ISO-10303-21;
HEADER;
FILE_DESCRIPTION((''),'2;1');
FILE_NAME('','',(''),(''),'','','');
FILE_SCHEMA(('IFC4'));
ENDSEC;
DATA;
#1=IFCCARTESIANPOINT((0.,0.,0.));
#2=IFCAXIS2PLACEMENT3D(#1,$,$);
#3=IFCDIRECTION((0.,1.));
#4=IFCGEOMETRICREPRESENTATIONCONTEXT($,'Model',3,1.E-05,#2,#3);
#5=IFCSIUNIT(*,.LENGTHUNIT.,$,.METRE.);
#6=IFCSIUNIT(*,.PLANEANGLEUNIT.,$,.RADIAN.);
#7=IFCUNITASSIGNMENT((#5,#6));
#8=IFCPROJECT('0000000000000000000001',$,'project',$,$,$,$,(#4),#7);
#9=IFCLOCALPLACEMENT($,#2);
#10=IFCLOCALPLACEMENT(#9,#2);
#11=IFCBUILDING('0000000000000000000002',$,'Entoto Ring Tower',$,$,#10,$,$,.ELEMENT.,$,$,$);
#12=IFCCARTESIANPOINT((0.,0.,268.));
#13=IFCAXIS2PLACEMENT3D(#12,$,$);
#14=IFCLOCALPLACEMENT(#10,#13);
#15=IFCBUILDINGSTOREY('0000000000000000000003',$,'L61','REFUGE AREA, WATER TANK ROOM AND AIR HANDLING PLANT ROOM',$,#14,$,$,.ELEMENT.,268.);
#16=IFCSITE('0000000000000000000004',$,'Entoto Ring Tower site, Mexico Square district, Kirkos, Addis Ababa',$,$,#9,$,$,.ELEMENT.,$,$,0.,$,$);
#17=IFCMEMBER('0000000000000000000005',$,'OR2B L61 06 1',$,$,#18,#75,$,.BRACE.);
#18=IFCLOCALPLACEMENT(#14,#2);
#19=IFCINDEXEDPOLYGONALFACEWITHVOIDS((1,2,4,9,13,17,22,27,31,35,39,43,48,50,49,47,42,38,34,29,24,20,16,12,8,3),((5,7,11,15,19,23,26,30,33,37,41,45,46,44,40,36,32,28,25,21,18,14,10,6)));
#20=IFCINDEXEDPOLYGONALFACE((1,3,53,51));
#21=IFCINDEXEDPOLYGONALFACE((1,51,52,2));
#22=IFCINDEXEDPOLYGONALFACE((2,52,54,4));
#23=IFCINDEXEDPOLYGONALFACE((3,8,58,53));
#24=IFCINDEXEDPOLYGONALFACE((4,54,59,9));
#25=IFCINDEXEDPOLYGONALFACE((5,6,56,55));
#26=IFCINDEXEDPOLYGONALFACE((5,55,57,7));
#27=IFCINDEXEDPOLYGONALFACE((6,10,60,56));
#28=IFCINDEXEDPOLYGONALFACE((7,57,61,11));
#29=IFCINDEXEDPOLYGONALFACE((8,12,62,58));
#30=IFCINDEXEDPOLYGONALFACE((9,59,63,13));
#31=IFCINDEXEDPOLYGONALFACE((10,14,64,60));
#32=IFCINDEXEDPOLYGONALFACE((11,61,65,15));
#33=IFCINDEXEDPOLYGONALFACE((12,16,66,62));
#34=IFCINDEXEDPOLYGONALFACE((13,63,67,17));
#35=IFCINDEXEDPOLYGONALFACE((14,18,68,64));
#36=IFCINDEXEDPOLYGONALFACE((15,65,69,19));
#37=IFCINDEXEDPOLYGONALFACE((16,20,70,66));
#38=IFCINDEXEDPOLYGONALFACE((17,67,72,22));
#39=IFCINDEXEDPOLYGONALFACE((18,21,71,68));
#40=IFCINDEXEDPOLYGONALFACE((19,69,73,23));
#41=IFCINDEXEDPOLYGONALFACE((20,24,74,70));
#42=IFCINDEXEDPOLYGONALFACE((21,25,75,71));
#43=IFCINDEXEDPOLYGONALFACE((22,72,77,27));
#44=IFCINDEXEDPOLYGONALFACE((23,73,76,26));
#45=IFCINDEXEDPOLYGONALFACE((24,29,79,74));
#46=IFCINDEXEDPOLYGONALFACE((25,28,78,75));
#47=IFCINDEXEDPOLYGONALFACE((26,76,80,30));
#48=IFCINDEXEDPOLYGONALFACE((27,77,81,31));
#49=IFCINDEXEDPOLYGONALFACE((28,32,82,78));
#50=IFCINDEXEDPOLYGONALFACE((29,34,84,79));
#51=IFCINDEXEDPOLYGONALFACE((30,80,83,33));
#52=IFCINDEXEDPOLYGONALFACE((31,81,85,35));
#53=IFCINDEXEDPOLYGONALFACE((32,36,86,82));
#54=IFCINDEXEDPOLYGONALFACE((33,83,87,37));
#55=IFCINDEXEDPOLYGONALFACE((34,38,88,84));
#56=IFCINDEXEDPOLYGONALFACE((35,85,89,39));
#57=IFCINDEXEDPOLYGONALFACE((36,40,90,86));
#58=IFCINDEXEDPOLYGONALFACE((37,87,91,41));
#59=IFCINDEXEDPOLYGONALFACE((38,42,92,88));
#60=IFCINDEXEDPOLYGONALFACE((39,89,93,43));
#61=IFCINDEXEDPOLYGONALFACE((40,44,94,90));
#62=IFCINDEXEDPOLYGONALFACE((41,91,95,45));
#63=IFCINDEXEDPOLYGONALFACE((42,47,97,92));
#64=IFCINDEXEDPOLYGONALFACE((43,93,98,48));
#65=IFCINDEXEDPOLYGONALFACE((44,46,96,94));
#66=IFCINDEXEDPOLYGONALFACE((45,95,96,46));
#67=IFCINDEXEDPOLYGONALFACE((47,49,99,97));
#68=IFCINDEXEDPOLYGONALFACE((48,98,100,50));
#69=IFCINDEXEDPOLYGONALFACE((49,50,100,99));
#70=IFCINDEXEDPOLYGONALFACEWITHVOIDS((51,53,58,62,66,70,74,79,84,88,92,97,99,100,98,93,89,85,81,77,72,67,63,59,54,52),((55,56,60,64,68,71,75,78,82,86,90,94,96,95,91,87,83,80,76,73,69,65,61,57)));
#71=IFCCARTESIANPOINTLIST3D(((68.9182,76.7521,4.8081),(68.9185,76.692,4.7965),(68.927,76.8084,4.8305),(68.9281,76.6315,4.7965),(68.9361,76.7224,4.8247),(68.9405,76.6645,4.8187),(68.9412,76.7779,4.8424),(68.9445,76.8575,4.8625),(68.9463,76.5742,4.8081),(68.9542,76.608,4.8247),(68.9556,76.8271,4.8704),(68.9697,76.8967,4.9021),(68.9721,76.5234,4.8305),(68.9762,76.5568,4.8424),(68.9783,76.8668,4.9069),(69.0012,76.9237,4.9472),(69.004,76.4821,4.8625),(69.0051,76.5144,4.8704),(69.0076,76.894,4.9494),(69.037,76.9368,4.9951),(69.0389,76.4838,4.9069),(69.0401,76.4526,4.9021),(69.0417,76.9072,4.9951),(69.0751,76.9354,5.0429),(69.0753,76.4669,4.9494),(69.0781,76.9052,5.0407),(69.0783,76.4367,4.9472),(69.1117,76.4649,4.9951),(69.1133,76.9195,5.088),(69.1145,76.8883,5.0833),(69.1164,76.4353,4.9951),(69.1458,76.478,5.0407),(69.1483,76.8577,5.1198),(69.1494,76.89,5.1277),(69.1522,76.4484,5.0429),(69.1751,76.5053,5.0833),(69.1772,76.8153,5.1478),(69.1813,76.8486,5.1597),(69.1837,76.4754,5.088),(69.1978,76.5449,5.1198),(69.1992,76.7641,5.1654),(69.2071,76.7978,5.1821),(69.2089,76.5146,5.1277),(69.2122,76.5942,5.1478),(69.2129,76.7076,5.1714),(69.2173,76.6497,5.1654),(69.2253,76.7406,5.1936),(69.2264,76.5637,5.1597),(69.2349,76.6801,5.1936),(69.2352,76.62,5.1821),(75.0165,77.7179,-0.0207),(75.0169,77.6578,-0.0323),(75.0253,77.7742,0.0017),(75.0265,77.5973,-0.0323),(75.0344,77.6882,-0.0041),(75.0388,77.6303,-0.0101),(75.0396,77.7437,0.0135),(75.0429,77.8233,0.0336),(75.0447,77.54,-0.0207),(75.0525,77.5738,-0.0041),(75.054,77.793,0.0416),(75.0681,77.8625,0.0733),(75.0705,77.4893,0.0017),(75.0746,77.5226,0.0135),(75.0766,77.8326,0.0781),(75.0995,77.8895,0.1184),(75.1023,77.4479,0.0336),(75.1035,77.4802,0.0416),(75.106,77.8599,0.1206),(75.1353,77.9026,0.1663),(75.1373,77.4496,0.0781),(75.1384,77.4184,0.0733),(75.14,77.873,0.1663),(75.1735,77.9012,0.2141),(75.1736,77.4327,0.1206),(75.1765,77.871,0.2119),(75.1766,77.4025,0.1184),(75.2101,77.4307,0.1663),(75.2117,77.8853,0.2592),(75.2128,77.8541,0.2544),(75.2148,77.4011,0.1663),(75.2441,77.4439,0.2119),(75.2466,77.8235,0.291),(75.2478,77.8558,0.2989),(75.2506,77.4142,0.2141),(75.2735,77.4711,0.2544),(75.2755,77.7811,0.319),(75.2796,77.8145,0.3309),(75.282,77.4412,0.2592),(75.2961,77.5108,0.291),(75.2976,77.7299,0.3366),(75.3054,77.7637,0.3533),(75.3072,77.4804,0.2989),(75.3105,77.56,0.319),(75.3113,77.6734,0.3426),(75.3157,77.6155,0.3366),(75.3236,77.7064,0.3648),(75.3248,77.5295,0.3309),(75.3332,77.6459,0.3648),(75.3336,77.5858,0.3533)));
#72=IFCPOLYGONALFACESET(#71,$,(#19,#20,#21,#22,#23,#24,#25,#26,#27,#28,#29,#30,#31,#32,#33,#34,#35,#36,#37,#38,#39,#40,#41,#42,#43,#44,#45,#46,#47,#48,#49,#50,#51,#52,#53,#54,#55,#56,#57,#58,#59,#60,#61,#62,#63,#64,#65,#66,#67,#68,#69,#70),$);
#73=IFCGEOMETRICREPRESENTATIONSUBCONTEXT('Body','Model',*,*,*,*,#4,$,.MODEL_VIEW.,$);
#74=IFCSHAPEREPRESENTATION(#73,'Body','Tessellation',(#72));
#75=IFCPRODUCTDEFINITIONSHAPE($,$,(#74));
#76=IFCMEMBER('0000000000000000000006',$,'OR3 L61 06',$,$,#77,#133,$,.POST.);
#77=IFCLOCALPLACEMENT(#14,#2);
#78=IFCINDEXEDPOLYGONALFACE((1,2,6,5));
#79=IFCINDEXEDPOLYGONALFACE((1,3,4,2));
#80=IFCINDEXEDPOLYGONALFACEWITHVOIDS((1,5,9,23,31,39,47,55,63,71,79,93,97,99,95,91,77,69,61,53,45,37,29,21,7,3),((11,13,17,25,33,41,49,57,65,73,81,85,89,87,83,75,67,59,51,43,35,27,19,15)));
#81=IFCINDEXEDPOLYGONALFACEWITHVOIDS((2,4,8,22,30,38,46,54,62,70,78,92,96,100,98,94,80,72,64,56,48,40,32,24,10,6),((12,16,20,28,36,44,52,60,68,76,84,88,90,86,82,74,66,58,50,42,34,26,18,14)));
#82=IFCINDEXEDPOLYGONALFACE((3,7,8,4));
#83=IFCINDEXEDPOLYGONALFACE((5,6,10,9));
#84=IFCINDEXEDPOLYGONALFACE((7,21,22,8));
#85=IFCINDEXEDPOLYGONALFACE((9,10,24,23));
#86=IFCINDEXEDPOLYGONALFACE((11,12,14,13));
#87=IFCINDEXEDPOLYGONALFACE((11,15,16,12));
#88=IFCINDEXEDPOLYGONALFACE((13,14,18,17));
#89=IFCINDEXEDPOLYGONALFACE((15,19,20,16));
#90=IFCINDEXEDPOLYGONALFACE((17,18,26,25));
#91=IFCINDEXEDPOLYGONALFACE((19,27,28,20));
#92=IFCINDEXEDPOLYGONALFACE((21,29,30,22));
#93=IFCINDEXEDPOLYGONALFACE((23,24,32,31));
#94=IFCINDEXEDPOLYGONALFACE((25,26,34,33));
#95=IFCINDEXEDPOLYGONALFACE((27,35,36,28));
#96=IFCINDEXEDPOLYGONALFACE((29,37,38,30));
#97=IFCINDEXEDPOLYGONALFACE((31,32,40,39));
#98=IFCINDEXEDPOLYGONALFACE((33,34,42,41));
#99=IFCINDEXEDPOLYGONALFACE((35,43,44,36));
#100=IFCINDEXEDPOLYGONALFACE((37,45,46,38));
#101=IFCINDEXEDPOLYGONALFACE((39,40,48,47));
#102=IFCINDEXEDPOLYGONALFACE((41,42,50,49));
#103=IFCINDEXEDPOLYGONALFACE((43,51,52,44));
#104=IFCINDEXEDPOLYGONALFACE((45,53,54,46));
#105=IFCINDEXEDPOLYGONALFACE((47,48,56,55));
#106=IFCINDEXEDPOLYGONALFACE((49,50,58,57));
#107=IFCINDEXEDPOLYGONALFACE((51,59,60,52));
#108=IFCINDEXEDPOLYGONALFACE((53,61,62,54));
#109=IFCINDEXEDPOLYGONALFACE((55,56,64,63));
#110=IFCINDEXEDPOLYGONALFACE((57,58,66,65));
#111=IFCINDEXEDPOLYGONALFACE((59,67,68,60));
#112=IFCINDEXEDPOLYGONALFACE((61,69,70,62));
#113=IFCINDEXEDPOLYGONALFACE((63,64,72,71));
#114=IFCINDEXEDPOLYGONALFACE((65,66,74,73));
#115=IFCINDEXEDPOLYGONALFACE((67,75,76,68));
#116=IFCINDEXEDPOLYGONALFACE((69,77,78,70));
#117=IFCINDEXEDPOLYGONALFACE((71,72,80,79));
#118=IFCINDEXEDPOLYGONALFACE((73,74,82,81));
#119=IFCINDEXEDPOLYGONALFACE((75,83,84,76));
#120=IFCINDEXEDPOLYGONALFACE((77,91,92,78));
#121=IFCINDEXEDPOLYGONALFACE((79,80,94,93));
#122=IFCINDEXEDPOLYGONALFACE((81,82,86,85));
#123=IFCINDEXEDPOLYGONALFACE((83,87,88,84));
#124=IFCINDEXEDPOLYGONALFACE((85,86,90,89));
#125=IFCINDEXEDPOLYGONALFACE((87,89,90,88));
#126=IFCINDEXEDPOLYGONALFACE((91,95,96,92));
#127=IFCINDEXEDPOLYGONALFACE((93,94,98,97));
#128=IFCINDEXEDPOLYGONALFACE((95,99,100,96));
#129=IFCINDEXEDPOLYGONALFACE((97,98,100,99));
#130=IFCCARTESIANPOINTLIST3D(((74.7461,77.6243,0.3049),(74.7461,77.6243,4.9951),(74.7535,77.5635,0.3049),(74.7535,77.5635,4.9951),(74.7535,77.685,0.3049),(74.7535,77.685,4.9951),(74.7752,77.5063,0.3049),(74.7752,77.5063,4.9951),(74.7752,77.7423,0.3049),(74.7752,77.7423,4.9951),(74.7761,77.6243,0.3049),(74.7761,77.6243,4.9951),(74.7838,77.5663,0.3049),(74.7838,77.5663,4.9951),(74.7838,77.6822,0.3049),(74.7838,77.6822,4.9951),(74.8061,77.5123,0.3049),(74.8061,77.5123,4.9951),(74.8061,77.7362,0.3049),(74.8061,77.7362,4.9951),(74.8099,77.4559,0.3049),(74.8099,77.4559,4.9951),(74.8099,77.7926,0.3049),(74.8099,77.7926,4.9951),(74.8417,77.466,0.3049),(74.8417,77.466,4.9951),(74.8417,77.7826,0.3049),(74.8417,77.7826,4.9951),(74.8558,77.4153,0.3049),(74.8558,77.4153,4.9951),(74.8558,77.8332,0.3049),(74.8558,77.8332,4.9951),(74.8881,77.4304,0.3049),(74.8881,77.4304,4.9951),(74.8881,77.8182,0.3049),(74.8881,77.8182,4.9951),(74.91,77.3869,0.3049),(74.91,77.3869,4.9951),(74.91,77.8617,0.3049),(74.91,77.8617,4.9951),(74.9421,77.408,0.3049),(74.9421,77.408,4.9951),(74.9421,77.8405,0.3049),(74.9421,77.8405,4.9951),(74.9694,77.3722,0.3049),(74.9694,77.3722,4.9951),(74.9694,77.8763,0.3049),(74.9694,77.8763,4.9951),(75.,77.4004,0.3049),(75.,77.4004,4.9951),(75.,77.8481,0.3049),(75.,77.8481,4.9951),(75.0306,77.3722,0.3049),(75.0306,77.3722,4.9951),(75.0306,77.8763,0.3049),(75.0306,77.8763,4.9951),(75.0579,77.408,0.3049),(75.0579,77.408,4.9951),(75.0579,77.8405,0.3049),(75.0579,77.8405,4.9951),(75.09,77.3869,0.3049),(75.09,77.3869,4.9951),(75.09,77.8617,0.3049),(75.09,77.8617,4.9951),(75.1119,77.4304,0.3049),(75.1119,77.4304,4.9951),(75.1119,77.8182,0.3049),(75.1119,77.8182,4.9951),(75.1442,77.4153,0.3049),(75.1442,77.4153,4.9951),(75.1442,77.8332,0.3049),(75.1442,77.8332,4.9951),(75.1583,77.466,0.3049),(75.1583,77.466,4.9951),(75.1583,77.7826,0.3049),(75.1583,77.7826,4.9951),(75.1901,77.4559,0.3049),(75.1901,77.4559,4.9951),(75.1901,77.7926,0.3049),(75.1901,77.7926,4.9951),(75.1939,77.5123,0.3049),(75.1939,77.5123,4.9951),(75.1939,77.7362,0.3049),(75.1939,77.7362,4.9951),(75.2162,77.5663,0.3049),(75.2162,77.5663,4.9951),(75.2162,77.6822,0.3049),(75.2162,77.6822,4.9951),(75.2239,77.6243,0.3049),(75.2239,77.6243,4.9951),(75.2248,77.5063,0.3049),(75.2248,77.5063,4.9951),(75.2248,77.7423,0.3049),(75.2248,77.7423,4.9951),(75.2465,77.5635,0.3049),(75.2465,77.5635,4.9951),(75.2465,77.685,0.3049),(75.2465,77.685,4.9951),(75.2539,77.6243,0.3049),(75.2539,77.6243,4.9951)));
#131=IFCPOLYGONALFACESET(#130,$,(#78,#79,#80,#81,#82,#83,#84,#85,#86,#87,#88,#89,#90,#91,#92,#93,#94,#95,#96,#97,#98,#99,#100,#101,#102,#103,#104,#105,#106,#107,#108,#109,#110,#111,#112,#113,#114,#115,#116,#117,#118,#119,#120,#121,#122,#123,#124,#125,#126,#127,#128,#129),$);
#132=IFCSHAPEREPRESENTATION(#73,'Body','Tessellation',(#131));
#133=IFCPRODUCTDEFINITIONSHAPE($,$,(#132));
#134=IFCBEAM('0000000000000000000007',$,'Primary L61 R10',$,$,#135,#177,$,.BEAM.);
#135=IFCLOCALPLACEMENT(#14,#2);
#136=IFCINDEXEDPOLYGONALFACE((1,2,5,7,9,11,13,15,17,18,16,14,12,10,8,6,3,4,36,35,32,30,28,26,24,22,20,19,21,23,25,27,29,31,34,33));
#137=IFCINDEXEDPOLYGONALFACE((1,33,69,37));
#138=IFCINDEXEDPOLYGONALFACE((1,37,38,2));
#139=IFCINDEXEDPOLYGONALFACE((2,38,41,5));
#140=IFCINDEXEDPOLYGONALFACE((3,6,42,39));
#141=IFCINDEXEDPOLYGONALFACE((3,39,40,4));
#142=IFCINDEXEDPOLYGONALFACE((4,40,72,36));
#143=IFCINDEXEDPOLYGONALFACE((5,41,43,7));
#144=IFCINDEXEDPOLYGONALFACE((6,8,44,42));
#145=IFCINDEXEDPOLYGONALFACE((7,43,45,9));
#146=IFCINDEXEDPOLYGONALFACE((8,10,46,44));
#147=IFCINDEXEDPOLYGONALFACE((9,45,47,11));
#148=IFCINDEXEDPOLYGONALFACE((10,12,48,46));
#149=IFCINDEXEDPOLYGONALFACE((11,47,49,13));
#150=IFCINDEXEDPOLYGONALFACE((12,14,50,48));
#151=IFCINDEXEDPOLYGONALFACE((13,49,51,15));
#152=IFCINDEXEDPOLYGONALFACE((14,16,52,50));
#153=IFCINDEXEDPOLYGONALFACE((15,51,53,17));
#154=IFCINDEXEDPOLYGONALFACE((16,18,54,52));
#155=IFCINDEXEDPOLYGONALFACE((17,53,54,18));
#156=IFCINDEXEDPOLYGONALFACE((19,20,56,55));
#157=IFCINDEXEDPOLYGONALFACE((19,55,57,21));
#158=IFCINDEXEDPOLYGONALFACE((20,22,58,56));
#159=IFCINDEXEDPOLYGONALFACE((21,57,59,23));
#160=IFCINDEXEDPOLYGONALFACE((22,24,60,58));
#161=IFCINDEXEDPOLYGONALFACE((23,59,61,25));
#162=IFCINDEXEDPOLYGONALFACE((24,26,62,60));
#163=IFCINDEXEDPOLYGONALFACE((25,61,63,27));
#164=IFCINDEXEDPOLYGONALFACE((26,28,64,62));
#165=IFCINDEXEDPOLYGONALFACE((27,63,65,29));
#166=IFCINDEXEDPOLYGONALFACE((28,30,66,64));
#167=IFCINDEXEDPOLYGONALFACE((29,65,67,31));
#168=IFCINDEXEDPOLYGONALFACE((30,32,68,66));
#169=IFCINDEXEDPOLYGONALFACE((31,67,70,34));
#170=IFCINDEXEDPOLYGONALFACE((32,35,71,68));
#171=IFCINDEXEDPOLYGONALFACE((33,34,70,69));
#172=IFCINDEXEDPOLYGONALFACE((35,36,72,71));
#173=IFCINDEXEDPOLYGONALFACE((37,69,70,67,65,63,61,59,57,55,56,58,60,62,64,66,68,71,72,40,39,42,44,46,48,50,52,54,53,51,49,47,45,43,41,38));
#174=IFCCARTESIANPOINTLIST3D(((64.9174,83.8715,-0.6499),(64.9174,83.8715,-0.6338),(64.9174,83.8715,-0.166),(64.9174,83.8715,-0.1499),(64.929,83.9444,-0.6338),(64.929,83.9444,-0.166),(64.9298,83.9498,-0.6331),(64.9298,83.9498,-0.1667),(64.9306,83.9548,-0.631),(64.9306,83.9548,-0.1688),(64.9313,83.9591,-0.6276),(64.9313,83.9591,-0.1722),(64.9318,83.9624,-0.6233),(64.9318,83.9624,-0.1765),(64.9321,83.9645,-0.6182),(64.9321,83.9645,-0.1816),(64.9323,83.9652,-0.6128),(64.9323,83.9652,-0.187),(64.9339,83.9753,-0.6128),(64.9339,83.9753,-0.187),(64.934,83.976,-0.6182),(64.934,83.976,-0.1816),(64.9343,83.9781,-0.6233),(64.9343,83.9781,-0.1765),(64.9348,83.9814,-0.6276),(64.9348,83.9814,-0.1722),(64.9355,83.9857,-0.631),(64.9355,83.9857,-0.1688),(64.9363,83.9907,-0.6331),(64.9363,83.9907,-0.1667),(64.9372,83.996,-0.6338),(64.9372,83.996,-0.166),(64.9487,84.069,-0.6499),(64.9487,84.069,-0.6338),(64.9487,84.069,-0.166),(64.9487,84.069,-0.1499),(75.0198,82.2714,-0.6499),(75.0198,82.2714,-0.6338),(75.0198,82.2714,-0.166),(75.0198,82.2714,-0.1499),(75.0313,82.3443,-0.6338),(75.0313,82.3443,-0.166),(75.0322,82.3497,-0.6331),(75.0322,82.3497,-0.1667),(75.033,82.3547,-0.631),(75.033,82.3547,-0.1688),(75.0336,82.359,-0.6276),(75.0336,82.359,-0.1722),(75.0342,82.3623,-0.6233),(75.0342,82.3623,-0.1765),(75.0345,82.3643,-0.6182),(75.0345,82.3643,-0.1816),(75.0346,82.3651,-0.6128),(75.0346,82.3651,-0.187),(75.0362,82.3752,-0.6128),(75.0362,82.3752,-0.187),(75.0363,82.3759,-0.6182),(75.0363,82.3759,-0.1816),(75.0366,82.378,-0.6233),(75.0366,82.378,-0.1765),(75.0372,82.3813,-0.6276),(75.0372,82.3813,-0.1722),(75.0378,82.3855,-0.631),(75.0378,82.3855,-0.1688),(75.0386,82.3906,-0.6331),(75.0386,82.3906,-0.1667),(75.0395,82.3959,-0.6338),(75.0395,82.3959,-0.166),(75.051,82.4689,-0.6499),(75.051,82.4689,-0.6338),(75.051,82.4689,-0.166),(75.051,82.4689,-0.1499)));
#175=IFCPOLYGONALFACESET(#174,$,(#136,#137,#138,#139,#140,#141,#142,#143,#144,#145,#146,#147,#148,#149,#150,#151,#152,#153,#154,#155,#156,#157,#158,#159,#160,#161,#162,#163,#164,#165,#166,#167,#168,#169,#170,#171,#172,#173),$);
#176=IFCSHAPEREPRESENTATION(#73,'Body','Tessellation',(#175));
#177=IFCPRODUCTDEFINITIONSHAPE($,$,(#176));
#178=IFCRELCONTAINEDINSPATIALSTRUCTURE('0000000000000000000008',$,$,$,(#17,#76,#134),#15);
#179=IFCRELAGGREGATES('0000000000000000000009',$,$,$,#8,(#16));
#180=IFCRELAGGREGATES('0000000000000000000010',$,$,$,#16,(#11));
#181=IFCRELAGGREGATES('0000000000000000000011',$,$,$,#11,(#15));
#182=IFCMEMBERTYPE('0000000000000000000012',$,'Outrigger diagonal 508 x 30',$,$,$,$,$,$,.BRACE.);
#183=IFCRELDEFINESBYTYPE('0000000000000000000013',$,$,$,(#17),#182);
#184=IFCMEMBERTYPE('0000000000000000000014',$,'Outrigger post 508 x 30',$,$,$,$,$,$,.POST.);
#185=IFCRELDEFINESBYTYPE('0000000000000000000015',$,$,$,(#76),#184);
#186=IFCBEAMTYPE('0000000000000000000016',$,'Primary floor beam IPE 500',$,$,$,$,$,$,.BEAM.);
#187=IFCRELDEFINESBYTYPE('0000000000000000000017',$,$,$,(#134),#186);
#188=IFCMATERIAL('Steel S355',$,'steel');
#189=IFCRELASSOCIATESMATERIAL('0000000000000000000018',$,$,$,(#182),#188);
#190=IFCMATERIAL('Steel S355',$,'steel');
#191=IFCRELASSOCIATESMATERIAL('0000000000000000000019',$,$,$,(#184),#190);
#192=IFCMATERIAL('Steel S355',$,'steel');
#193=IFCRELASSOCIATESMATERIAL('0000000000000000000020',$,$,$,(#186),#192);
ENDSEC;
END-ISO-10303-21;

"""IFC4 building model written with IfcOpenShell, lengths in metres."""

from ifc_helpers import new_model, si_unit, direction, frame, origin, origin_2d, place, context, subcontext, project, spatial, circle, hollow_circle, i_section, extrude, material, material_profile, profile_set, type_object, element, save


model = new_model("IFC4")

# Units and contexts
model_context = context("Model", 3, precision=1e-05, world=origin(), true_north=direction((0.0, 1.0)))
body_context = subcontext(model_context, "Body", "Model", "MODEL_VIEW")
ifc_project = project(units=[si_unit("LENGTHUNIT", "METRE"), si_unit("PLANEANGLEUNIT", "RADIAN")], contexts=[model_context])

# Site, building, storey
site_placement = place(None, origin())
site = spatial("IfcSite", under=ifc_project, at=site_placement, Name="Entoto Ring Tower site, Mexico Square district, Kirkos, Addis Ababa", CompositionType="ELEMENT", RefElevation=0.0)
building_placement = place(site_placement, origin())
building = spatial("IfcBuilding", under=site, at=building_placement, Name="Entoto Ring Tower", CompositionType="ELEMENT")
storey_placement = place(building_placement, frame((0.0, 0.0, 268.0)))
storey = spatial("IfcBuildingStorey", under=building, at=storey_placement, Name="L61", Description="REFUGE AREA, WATER TANK ROOM AND AIR HANDLING PLANT ROOM", CompositionType="ELEMENT", Elevation=268.0)

# Members
ifc_material_1 = material(Name="Steel S355", Category="steel")
ifc_material_profile_1 = material_profile(ifc_material_1, hollow_circle(Radius=0.2539, WallThickness=0.03, at=origin_2d()), Name="CHS 508 x 30")
ifc_material_2 = material(Name="Concrete C60/75", Category="concrete")
ifc_material_profile_2 = material_profile(ifc_material_2, circle(Radius=0.2241, at=origin_2d()), Name="Concrete C60/75 infill")
ifc_profile_set_1 = profile_set([ifc_material_profile_1, ifc_material_profile_2], Name="Steel S355")
member_type_1 = type_object("IfcMemberType", Name="Outrigger diagonal 508 x 30", PredefinedType="BRACE", material=ifc_profile_set_1)
member_1_placement = place(storey_placement, frame((75.175, 77.6519, 0.1663), z_axis=(-0.778011, -0.123216, 0.616049), x_axis=(0.156423, -0.98769, 0.0)))
element("IfcMember", 1, at=member_1_placement, inside=storey, type_object=member_type_1, Name="OR2B L61 06 1", PredefinedType="BRACE", context=body_context, shape_type="SweptSolid", body=[
    extrude(hollow_circle(Radius=0.2539, WallThickness=0.03, at=origin_2d()), origin(), (0.0, 0.0, 1.0), 7.8384),
])
ifc_material_3 = material(Name="Steel S355", Category="steel")
ifc_material_profile_3 = material_profile(ifc_material_3, hollow_circle(Radius=0.2539, WallThickness=0.03, at=origin_2d()), Name="CHS 508 x 30")
ifc_material_4 = material(Name="Concrete C60/75", Category="concrete")
ifc_material_profile_4 = material_profile(ifc_material_4, circle(Radius=0.2241, at=origin_2d()), Name="Concrete C60/75 infill")
ifc_profile_set_2 = profile_set([ifc_material_profile_3, ifc_material_profile_4], Name="Steel S355")
member_type_2 = type_object("IfcMemberType", Name="Outrigger post 508 x 30", PredefinedType="POST", material=ifc_profile_set_2)
member_2_placement = place(storey_placement, frame((75.0, 77.6243, 0.3049), z_axis=(0.0, 0.0, 1.0), x_axis=(1.0, 0.0, 0.0)))
element("IfcMember", 2, at=member_2_placement, inside=storey, type_object=member_type_2, Name="OR3 L61 06", PredefinedType="POST", context=body_context, shape_type="SweptSolid", body=[
    extrude(hollow_circle(Radius=0.2539, WallThickness=0.03, at=origin_2d()), origin(), (0.0, 0.0, 1.0), 4.6902),
])

# Beam
ifc_material_5 = material(Name="Steel S355", Category="steel")
ifc_material_profile_5 = material_profile(ifc_material_5, i_section(OverallWidth=0.2, OverallDepth=0.5, WebThickness=0.0103, FlangeThickness=0.0161, FilletRadius=0.021, at=origin_2d()), Name="IPE 500")
ifc_profile_set_3 = profile_set([ifc_material_profile_5], Name="Steel S355")
beam_type_1 = type_object("IfcBeamType", Name="Primary floor beam IPE 500", PredefinedType="BEAM", material=ifc_profile_set_3)
for number, where, z_axis, x_axis, name in (
    (3, (75.0354, 82.3701, -0.3999), (-0.987688, 0.156439, 0.0), (-0.156439, -0.987688, 0.0), "Primary L61 R10"),
):
    element("IfcBeam", number, at=place(storey_placement, frame(where, z_axis=z_axis, x_axis=x_axis)), inside=storey, type_object=beam_type_1, Name=name, PredefinedType="BEAM", context=body_context, shape_type="SweptSolid", body=[
        extrude(i_section(OverallWidth=0.2, OverallDepth=0.5, WebThickness=0.0103, FlangeThickness=0.0161, FilletRadius=0.021, at=origin_2d()), origin(), (0.0, 0.0, 1.0), 10.2283),
    ])

save(model, "model.ifc")
